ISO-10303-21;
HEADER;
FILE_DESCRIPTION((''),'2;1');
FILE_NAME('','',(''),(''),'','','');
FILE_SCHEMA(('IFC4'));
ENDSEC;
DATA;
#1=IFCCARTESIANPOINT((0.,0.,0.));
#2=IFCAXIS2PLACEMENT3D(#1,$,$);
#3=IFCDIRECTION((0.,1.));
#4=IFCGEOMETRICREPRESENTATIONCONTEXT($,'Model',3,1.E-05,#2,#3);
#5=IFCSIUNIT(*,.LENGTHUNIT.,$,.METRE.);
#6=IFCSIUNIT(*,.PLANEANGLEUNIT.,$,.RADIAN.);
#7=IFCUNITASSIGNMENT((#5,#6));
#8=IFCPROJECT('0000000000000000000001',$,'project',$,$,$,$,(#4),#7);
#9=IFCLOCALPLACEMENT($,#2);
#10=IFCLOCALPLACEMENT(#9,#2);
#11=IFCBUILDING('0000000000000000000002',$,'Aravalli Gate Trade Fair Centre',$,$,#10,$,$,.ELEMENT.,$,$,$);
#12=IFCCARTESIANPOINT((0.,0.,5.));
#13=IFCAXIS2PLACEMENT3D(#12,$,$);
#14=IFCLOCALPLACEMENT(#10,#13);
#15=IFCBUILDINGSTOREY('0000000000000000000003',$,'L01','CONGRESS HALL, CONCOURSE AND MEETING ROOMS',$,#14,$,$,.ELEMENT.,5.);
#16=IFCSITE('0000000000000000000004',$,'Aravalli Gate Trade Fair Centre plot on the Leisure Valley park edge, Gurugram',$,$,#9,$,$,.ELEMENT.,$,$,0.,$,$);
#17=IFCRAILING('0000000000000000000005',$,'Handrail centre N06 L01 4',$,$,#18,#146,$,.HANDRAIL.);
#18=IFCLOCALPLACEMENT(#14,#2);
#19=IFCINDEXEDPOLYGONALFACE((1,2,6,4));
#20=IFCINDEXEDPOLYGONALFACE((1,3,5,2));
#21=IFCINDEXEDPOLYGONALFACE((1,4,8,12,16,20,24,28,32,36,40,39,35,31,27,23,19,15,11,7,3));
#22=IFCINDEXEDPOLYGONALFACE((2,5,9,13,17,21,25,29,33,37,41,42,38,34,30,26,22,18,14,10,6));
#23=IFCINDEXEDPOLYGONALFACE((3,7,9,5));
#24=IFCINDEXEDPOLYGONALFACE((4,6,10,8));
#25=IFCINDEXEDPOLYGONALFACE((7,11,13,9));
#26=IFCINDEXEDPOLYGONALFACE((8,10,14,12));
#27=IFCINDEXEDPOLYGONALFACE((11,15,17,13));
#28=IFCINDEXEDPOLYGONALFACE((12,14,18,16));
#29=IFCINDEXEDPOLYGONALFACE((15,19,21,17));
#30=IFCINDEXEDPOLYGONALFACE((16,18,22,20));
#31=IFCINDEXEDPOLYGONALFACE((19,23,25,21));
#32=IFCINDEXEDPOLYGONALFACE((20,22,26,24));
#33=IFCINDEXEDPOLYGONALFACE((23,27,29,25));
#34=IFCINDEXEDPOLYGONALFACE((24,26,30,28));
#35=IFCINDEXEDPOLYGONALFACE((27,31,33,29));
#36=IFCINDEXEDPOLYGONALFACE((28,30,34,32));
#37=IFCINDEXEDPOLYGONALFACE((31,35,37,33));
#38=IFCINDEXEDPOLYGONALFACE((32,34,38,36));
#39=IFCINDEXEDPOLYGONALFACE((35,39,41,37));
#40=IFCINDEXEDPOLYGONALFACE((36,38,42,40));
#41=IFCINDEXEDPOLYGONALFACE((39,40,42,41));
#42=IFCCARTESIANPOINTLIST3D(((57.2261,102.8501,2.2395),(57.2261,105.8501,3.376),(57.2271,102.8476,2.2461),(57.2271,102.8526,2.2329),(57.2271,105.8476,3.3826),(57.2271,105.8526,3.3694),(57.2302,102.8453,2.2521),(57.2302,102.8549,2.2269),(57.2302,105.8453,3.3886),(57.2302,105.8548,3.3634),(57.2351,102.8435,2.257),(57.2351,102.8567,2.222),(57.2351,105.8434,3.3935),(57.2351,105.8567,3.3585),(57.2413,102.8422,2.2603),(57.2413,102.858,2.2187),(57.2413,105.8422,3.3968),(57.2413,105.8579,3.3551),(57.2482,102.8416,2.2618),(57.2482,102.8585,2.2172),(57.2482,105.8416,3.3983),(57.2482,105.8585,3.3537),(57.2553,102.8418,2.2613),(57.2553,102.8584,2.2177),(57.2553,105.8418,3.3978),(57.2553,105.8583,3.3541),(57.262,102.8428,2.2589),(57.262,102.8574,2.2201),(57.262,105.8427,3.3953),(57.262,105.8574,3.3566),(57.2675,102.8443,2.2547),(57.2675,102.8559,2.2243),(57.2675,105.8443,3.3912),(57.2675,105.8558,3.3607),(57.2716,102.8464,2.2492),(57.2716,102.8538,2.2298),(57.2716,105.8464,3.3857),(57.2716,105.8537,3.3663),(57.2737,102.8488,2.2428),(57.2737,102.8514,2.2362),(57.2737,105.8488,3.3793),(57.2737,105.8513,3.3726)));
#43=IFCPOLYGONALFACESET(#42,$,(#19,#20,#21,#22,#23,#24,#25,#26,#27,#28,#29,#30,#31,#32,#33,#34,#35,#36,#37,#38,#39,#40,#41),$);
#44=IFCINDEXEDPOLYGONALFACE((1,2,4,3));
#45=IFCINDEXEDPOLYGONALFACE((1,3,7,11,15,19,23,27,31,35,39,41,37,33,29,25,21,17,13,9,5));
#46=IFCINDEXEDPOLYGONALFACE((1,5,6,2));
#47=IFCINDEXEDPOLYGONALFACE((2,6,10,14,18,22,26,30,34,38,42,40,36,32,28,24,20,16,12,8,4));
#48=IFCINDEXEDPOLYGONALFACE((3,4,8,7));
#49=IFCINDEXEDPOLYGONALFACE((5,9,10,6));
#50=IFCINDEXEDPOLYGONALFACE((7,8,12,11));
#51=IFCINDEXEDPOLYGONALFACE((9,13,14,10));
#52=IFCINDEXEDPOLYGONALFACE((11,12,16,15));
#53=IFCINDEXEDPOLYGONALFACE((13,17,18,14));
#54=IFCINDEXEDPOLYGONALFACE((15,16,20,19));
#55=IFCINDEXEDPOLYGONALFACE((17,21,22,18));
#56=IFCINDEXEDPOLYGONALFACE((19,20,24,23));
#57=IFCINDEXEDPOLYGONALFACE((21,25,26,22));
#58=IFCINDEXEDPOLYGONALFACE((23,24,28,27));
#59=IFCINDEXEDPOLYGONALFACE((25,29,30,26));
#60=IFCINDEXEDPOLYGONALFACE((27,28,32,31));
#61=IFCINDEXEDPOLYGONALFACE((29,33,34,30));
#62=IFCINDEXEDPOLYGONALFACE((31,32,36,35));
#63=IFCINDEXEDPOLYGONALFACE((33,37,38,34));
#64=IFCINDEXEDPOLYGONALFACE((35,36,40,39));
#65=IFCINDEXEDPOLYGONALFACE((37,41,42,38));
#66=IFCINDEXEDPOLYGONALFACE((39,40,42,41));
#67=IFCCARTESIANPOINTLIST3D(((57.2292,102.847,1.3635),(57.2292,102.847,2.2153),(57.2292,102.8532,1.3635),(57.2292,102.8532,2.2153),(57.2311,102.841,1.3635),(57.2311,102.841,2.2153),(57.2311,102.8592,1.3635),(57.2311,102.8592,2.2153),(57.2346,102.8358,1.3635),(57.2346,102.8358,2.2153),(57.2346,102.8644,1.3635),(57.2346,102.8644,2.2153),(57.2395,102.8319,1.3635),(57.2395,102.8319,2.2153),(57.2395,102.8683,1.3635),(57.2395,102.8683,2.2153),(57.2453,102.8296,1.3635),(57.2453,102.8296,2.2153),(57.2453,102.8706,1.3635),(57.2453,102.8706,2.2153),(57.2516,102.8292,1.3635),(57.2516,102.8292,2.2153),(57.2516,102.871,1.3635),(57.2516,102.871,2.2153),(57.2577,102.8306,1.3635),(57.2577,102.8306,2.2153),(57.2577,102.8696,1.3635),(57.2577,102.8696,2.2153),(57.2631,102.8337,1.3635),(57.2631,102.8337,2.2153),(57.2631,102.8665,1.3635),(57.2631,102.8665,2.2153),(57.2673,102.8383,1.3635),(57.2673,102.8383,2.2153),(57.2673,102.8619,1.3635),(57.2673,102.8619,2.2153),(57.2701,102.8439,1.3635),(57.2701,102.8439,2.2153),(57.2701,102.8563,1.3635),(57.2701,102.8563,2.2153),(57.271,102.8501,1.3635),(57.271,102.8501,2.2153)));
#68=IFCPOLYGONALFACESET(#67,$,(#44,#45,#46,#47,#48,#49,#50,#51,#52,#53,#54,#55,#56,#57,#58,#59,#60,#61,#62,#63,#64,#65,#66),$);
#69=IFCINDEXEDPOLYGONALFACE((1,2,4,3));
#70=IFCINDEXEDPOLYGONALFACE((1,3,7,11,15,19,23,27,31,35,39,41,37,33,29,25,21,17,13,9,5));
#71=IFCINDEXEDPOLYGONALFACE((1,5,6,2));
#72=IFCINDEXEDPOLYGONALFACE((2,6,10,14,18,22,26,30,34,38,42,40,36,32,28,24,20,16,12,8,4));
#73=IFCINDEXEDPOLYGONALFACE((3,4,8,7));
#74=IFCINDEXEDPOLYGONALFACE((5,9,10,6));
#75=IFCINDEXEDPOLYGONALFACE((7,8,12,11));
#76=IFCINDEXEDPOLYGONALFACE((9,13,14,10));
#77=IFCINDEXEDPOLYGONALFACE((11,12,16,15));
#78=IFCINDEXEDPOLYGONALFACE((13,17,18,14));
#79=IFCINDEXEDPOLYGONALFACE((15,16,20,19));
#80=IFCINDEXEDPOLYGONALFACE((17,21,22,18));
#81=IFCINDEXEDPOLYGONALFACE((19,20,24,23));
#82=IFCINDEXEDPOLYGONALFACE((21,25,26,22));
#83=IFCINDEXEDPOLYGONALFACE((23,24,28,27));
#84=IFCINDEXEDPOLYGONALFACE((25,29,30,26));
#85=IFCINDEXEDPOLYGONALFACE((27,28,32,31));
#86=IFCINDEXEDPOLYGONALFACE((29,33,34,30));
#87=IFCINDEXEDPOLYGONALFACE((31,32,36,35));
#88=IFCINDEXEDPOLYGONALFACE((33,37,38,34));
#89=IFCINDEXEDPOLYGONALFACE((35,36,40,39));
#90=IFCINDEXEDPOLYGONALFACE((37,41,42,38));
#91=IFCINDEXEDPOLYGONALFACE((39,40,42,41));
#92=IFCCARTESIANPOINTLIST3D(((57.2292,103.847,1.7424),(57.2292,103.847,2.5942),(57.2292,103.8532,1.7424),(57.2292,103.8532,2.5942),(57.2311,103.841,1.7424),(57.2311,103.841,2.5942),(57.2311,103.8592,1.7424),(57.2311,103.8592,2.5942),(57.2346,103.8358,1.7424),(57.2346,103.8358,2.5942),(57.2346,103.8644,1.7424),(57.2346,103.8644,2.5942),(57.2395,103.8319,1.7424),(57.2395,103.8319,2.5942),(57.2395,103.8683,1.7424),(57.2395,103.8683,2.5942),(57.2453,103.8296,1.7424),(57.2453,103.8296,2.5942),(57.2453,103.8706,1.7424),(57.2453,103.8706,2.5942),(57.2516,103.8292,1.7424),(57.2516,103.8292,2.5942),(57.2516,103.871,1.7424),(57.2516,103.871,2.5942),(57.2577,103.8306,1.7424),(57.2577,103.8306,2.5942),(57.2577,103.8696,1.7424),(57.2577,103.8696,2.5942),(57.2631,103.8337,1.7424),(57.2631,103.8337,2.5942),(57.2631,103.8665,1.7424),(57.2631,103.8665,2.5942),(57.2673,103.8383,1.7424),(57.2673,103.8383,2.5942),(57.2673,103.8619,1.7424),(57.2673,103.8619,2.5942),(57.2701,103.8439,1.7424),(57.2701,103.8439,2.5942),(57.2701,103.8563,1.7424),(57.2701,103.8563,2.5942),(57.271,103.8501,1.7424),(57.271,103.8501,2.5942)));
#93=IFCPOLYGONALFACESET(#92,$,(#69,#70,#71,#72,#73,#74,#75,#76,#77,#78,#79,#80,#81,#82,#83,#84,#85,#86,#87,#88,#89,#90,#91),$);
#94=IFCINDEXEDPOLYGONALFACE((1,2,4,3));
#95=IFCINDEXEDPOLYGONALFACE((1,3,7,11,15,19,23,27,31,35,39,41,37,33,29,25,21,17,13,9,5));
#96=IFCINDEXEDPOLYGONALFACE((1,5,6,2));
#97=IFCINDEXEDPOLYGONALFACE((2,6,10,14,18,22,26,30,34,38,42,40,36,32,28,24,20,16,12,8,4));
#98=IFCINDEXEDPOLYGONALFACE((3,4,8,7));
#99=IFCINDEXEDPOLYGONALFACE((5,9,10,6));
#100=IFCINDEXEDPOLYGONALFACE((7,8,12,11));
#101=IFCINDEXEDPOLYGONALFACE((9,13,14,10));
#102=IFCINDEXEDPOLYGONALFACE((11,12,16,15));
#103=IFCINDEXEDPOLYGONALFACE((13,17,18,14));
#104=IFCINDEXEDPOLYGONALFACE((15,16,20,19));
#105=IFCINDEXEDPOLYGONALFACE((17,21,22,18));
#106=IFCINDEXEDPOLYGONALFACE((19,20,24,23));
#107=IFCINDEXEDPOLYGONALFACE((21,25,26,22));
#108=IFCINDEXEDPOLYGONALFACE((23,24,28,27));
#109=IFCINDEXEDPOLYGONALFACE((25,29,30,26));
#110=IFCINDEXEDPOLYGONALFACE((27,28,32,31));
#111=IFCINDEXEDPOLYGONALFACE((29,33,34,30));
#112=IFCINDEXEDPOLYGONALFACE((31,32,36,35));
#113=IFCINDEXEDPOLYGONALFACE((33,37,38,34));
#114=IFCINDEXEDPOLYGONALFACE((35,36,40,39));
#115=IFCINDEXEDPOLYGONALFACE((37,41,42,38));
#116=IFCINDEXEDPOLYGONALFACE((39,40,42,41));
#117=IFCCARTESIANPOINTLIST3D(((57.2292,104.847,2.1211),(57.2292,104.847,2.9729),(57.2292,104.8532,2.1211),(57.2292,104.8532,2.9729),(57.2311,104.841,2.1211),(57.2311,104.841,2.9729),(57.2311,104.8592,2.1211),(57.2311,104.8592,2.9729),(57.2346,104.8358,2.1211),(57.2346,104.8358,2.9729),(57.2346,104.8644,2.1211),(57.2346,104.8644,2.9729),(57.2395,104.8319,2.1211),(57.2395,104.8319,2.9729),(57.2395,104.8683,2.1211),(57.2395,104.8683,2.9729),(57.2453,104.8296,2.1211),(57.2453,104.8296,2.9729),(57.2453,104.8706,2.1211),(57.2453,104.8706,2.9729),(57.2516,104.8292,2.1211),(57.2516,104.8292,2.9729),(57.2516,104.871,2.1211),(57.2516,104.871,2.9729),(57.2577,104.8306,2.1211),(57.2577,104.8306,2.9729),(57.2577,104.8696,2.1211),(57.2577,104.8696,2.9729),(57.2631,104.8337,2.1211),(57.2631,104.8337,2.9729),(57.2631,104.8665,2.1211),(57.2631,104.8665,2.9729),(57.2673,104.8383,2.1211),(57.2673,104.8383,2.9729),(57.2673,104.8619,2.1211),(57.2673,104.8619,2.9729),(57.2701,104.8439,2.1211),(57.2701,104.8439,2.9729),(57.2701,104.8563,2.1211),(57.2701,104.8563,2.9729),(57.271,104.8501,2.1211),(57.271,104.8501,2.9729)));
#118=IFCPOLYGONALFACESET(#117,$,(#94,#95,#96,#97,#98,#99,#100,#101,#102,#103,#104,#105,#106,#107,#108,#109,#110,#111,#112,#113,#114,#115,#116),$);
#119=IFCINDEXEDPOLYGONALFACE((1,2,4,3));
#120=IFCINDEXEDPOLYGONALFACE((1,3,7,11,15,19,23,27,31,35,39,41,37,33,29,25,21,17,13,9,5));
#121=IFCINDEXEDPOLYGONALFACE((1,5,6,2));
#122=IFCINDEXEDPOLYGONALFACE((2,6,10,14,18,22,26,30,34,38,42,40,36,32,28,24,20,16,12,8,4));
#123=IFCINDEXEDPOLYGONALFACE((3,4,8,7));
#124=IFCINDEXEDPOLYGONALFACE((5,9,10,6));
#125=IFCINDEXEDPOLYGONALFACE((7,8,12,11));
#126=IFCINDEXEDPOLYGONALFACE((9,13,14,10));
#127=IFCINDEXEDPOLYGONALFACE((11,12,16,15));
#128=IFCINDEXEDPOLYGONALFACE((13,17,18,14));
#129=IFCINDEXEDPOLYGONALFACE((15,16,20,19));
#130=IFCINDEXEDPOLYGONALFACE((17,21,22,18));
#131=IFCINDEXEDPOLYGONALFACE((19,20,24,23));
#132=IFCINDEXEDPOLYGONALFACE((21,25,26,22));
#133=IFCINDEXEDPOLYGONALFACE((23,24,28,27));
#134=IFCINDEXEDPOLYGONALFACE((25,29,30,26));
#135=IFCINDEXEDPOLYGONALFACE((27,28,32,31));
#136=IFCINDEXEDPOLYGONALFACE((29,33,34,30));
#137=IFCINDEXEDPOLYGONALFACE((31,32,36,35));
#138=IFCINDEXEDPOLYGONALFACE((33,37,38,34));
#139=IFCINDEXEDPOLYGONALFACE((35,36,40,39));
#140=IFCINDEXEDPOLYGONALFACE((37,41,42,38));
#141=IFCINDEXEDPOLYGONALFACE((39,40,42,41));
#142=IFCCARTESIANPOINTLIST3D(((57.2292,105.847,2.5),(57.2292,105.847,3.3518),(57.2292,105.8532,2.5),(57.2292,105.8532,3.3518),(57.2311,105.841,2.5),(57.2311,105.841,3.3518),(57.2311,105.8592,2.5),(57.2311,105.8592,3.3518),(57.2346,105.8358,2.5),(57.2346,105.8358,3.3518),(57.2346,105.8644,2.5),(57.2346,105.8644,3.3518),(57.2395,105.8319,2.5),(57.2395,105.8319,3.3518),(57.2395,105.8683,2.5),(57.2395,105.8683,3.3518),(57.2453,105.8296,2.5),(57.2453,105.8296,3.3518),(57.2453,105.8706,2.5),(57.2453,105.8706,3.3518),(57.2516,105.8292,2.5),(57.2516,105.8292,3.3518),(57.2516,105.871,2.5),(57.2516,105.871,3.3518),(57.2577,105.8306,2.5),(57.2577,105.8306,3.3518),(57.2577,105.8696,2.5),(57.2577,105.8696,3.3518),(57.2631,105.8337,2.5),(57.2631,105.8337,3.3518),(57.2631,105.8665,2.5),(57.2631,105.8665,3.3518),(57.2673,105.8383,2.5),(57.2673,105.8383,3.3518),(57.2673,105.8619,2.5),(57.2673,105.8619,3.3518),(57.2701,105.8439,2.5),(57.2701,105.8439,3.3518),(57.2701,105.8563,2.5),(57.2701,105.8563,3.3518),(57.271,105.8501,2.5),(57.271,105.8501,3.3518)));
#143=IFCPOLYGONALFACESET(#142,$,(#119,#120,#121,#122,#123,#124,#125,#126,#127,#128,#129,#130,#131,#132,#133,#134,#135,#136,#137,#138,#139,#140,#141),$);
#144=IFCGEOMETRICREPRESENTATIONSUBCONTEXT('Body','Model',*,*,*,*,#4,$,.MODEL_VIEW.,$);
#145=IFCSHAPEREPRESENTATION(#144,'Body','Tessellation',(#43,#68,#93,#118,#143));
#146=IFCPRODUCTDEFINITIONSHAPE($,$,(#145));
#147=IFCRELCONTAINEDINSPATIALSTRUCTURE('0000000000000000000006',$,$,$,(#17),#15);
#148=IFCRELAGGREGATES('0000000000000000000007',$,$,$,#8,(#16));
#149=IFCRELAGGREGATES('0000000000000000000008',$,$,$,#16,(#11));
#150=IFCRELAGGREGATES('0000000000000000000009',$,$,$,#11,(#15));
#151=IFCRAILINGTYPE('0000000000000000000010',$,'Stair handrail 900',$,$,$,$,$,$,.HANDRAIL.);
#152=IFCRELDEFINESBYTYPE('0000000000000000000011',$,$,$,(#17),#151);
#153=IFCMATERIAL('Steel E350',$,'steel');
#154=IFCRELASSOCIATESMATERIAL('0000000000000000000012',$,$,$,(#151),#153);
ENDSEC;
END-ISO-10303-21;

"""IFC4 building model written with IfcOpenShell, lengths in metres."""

from ifc_helpers import new_model, si_unit, direction, frame, origin, origin_2d, place, context, subcontext, project, spatial, circle, extrude, material, type_object, element, save


model = new_model("IFC4")

# Units and contexts
model_context = context("Model", 3, precision=1e-05, world=origin(), true_north=direction((0.0, 1.0)))
body_context = subcontext(model_context, "Body", "Model", "MODEL_VIEW")
ifc_project = project(units=[si_unit("LENGTHUNIT", "METRE"), si_unit("PLANEANGLEUNIT", "RADIAN")], contexts=[model_context])

# Site, building, storey
site_placement = place(None, origin())
site = spatial("IfcSite", under=ifc_project, at=site_placement, Name="Aravalli Gate Trade Fair Centre plot on the Leisure Valley park edge, Gurugram", CompositionType="ELEMENT", RefElevation=0.0)
building_placement = place(site_placement, origin())
building = spatial("IfcBuilding", under=site, at=building_placement, Name="Aravalli Gate Trade Fair Centre", CompositionType="ELEMENT")
storey_placement = place(building_placement, frame((0.0, 0.0, 5.0)))
storey = spatial("IfcBuildingStorey", under=building, at=storey_placement, Name="L01", Description="CONGRESS HALL, CONCOURSE AND MEETING ROOMS", CompositionType="ELEMENT", Elevation=5.0)

# Railing
ifc_material_1 = material(Name="Steel E350", Category="steel")
railing_type = type_object("IfcRailingType", Name="Stair handrail 900", PredefinedType="HANDRAIL", material=ifc_material_1)
for number, where, name in (
    (1, (57.25, 102.8501, 1.3635), "Handrail centre N06 L01 4"),
):
    element("IfcRailing", number, at=place(storey_placement, frame(where)), inside=storey, type_object=railing_type, Name=name, PredefinedType="HANDRAIL", context=body_context, shape_type="SweptSolid", body=[
        extrude(circle(Radius=0.0239, at=origin_2d()), frame((0.0, 0.0, 0.876), z_axis=(0.0, 0.935148, 0.354257), x_axis=(-1.0, 0.0, 0.0)), (0.0, 0.0, 1.0), 3.208),
        extrude(circle(Radius=0.021, at=origin_2d()), origin(), (0.0, 0.0, 1.0), 0.8518),
        extrude(circle(Radius=0.021, at=origin_2d()), frame((0.0, 1.0, 0.3789)), (0.0, 0.0, 1.0), 0.8518),
        extrude(circle(Radius=0.021, at=origin_2d()), frame((0.0, 2.0, 0.7576)), (0.0, 0.0, 1.0), 0.8518),
        extrude(circle(Radius=0.021, at=origin_2d()), frame((0.0, 3.0, 1.1365)), (0.0, 0.0, 1.0), 0.8518),
    ])

save(model, "model.ifc")
